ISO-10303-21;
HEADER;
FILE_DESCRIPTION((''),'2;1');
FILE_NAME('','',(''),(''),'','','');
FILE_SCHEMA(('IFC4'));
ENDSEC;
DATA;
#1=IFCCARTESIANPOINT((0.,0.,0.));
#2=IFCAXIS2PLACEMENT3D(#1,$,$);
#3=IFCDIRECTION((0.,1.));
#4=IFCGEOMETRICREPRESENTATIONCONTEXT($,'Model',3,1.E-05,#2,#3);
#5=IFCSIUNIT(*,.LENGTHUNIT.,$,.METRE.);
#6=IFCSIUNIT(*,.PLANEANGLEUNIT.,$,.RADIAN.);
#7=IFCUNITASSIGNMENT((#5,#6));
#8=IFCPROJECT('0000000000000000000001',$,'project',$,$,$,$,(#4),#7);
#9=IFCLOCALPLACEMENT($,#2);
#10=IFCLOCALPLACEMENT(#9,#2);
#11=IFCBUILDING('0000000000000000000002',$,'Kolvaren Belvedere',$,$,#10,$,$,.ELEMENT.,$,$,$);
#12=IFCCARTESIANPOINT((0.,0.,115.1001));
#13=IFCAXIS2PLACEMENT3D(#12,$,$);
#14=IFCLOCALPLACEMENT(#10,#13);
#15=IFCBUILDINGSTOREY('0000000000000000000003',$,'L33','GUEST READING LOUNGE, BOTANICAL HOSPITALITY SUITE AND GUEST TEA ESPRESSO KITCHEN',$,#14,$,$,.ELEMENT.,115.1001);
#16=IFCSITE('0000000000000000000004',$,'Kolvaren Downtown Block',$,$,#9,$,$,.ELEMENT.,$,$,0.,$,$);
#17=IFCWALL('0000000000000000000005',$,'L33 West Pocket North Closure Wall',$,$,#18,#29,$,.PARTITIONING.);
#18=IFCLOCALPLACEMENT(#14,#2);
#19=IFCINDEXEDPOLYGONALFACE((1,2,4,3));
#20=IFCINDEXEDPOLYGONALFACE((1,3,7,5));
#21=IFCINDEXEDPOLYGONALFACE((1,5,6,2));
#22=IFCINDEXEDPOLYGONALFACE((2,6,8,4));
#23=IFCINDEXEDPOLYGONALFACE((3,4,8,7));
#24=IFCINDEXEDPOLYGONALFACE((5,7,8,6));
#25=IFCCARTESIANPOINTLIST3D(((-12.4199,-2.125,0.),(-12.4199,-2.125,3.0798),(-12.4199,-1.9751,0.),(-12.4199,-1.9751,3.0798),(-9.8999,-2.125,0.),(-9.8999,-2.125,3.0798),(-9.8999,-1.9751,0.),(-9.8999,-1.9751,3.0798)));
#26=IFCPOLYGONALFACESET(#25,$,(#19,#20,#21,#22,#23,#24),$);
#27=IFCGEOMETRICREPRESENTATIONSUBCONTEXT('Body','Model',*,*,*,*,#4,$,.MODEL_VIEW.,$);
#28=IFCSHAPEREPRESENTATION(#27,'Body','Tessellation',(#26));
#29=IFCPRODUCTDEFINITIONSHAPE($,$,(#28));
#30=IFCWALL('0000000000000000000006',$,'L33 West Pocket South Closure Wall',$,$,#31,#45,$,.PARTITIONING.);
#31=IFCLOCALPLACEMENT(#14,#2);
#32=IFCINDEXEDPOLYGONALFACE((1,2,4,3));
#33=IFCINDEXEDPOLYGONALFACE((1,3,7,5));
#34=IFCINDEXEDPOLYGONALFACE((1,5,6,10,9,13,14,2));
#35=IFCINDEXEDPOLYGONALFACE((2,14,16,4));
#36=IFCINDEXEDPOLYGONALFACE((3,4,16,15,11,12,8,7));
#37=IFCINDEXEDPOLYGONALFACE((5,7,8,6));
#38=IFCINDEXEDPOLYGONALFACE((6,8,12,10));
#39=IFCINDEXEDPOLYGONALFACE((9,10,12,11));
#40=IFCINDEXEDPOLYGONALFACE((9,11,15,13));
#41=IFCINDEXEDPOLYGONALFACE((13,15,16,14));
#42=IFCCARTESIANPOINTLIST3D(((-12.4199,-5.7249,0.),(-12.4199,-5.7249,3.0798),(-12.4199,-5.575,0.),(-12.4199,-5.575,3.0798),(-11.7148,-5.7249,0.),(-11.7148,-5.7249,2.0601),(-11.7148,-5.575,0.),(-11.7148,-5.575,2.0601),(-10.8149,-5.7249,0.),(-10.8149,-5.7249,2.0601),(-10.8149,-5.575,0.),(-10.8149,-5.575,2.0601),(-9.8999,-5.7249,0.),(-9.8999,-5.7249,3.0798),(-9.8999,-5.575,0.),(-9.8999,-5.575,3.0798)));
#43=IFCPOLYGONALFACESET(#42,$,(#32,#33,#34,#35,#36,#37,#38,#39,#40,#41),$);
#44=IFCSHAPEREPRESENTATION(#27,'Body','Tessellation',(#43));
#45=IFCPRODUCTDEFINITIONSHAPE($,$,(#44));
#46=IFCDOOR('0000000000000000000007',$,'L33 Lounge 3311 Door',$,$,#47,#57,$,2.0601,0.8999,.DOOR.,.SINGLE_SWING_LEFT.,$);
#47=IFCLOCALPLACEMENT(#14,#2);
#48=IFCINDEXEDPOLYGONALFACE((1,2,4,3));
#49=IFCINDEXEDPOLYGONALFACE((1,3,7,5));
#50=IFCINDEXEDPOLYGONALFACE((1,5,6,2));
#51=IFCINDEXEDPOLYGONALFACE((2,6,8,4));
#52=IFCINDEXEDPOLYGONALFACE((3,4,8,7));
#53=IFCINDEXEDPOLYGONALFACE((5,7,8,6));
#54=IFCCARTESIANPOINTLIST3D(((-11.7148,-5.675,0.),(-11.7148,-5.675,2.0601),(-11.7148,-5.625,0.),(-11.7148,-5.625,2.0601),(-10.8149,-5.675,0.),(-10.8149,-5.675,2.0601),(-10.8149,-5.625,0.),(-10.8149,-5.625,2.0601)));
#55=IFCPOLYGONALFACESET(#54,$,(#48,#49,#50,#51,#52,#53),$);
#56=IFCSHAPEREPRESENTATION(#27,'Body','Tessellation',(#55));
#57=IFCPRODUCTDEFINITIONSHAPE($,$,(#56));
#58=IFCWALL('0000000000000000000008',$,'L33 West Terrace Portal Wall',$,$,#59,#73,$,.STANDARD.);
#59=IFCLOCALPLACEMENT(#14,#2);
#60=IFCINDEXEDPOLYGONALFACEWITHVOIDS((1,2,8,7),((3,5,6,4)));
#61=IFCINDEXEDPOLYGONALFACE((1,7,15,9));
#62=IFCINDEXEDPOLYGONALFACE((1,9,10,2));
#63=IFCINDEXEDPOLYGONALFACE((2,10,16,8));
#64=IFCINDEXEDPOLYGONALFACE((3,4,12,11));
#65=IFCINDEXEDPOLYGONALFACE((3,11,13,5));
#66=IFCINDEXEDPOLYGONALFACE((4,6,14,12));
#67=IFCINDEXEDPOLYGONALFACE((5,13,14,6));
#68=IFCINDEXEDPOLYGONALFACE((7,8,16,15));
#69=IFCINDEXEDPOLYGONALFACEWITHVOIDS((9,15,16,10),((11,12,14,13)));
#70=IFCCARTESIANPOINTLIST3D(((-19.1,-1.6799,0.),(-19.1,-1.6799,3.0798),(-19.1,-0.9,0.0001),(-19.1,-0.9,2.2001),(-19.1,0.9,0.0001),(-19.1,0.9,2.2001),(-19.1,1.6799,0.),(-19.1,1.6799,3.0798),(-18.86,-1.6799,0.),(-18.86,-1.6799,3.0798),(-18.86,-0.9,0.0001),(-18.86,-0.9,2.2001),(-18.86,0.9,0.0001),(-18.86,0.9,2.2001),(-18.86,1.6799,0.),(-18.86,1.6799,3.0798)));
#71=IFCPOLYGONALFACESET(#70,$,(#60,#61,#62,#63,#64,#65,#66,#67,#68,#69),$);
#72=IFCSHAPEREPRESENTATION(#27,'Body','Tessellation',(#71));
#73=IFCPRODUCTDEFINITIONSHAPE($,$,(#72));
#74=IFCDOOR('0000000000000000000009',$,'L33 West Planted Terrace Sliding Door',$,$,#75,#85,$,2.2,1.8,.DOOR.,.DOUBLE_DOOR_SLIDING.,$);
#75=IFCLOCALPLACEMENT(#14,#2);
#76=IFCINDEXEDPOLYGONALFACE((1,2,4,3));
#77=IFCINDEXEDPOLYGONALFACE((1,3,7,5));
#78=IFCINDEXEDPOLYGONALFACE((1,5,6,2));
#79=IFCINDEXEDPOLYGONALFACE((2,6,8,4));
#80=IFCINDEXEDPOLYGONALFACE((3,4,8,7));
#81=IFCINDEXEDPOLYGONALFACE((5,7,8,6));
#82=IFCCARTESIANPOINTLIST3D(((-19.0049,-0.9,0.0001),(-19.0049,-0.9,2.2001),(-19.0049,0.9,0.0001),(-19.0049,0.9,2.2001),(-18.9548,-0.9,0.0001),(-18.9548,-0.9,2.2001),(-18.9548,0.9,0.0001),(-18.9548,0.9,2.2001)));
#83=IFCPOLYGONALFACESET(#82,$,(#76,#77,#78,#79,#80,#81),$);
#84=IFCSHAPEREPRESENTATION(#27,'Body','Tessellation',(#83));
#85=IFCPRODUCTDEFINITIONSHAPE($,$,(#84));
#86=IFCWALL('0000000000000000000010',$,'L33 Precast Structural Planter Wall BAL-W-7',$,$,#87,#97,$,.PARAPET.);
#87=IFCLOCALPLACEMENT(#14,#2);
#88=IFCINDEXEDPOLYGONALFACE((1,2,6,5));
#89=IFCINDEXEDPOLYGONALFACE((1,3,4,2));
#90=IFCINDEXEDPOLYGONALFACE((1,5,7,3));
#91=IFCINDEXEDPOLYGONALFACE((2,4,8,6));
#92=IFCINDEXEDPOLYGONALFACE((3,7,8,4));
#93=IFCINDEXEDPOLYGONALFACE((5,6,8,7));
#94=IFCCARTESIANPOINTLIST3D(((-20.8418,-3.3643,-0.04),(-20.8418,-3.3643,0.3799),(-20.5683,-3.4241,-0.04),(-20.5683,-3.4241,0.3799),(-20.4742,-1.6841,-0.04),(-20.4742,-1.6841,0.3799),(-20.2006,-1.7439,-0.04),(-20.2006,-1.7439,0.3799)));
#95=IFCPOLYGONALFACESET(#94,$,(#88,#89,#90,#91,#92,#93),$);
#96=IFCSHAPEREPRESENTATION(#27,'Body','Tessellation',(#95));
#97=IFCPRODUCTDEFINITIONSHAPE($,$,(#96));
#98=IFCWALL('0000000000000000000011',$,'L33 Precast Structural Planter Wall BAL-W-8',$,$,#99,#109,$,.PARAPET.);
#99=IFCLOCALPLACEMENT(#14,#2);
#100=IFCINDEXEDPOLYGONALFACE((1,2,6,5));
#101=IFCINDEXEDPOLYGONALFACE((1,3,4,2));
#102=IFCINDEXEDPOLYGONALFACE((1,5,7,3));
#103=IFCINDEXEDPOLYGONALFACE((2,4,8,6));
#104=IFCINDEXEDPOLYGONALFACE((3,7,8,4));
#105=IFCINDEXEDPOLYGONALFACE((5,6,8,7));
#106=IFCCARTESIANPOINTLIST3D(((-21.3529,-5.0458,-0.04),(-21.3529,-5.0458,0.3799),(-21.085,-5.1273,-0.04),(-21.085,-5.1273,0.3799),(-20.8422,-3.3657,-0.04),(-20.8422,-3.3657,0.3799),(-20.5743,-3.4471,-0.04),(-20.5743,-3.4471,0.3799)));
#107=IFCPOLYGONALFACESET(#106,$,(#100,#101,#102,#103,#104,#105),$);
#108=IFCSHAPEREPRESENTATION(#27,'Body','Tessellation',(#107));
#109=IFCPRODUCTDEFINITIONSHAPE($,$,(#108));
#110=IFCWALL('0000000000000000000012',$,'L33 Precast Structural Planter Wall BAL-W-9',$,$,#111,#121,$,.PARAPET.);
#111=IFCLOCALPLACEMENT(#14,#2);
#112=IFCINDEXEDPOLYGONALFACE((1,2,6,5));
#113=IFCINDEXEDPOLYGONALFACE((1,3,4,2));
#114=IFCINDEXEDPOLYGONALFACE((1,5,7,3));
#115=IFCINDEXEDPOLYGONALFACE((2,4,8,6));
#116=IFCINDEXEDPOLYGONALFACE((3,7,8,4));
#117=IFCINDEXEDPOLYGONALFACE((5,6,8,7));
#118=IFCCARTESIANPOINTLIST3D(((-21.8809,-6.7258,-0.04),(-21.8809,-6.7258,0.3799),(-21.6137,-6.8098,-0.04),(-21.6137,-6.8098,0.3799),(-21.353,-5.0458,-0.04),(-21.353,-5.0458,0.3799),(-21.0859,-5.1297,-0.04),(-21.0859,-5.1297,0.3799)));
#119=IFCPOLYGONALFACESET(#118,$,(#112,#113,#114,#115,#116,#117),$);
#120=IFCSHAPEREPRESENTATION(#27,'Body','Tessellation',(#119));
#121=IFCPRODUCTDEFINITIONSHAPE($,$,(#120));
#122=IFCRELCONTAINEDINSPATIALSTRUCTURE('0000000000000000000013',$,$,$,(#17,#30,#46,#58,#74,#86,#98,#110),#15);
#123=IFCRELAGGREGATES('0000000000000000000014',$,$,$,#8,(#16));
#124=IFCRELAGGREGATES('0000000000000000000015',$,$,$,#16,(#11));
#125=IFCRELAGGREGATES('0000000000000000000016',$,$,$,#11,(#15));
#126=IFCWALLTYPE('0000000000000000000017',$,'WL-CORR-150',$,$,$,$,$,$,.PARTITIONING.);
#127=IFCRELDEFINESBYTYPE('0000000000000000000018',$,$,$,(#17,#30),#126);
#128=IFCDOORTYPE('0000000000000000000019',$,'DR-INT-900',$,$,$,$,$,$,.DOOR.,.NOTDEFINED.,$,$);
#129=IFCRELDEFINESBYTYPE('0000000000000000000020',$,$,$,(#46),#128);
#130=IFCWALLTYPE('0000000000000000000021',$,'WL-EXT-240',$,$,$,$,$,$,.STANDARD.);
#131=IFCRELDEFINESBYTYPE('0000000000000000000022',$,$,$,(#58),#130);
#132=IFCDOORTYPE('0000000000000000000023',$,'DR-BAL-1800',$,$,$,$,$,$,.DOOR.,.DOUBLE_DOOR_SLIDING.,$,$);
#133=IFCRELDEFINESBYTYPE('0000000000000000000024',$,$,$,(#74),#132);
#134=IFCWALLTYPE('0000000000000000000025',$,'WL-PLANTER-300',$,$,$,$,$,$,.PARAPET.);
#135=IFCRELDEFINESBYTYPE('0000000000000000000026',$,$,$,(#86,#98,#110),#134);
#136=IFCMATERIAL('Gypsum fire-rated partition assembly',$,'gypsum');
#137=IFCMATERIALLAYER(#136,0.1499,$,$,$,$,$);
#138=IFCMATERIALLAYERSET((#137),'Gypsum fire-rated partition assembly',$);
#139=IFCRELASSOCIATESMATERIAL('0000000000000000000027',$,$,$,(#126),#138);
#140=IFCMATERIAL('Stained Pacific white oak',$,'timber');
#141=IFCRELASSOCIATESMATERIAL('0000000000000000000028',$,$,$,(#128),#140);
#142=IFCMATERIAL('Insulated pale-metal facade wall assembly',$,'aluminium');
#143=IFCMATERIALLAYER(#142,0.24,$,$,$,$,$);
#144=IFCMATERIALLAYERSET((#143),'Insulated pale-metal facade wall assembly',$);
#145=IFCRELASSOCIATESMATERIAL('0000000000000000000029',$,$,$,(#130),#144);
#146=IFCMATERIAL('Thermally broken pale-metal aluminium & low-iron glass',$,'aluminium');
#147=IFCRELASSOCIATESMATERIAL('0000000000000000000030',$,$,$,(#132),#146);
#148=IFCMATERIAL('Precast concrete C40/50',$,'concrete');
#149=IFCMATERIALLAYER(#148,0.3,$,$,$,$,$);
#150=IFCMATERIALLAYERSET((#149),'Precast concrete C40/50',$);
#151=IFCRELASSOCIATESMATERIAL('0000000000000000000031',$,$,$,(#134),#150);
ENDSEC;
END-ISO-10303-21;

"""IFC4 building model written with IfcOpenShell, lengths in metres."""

from ifc_helpers import new_model, si_unit, direction, frame, frame_2d, origin, place, context, subcontext, project, spatial, rectangle, extrude, material, layer, layer_set, type_object, element, fill, save


model = new_model("IFC4")

# Units and contexts
model_context = context("Model", 3, precision=1e-05, world=origin(), true_north=direction((0.0, 1.0)))
body_context = subcontext(model_context, "Body", "Model", "MODEL_VIEW")
ifc_project = project(units=[si_unit("LENGTHUNIT", "METRE"), si_unit("PLANEANGLEUNIT", "RADIAN")], contexts=[model_context])

# Site, building, storey
site_placement = place(None, origin())
site = spatial("IfcSite", under=ifc_project, at=site_placement, Name="Kolvaren Downtown Block", CompositionType="ELEMENT", RefElevation=0.0)
building_placement = place(site_placement, origin())
building = spatial("IfcBuilding", under=site, at=building_placement, Name="Kolvaren Belvedere", CompositionType="ELEMENT")
storey_placement = place(building_placement, frame((0.0, 0.0, 115.1001)))
storey = spatial("IfcBuildingStorey", under=building, at=storey_placement, Name="L33", Description="GUEST READING LOUNGE, BOTANICAL HOSPITALITY SUITE AND GUEST TEA ESPRESSO KITCHEN", CompositionType="ELEMENT", Elevation=115.1001)

# Shared definitions
ifc_material_1 = material(Name="Gypsum fire-rated partition assembly", Category="gypsum")
ifc_layer_1 = layer(ifc_material_1, 0.1499)
ifc_layer_set_1 = layer_set([ifc_layer_1], Name="Gypsum fire-rated partition assembly")
wall_type_1 = type_object("IfcWallType", Name="WL-CORR-150", PredefinedType="PARTITIONING", material=ifc_layer_set_1)
ifc_material_2 = material(Name="Stained Pacific white oak", Category="timber")
door_type_1 = type_object("IfcDoorType", Name="DR-INT-900", OperationType="NOTDEFINED", PredefinedType="DOOR", material=ifc_material_2)

# Wall
wall_1_placement = place(storey_placement, frame((-12.4199, -2.05, 0.0), z_axis=(0.0, 0.0, 1.0), x_axis=(1.0, 0.0, 0.0)))
element("IfcWall", 1, at=wall_1_placement, inside=storey, type_object=wall_type_1, Name="L33 West Pocket North Closure Wall", PredefinedType="PARTITIONING", context=body_context, shape_type="SweptSolid", body=[
    extrude(rectangle(XDim=2.52, YDim=0.1499, at=frame_2d((1.26, 0.0))), origin(), (0.0, 0.0, 1.0), 3.0798),
])

# Walls, openings, doors
wall_2_placement = place(storey_placement, frame((-12.4199, -5.6499, 0.0), z_axis=(0.0, 0.0, 1.0), x_axis=(1.0, 0.0, 0.0)))
wall_2 = element("IfcWall", 2, at=wall_2_placement, inside=storey, type_object=wall_type_1, Name="L33 West Pocket South Closure Wall", PredefinedType="PARTITIONING", context=body_context, shape_type="SweptSolid", body=[
    extrude(rectangle(XDim=2.52, YDim=0.1499, at=frame_2d((1.26, 0.0))), origin(), (0.0, 0.0, 1.0), 3.0798),
])
opening_1_placement = place(wall_2_placement, frame((0.7051, 0.0, 0.0)))
opening_1 = element("IfcOpeningElement", 3, at=opening_1_placement, cuts=wall_2, PredefinedType="OPENING", context=body_context, shape_type="SweptSolid", body=[
    extrude(rectangle(XDim=0.8999, YDim=2.0601, at=frame_2d((0.45, 1.03))), frame((0.0, 0.085, 0.0), z_axis=(0.0, -1.0, 0.0), x_axis=(1.0, 0.0, 0.0)), (0.0, 0.0, 1.0), 0.1699),
])
door_1_placement = place(opening_1_placement, origin())
door_1 = element("IfcDoor", 4, at=door_1_placement, inside=storey, type_object=door_type_1, Name="L33 Lounge 3311 Door", OperationType="SINGLE_SWING_LEFT", OverallHeight=2.0601, OverallWidth=0.8999, PredefinedType="DOOR", context=body_context, shape_type="SweptSolid", body=[
    extrude(rectangle(XDim=0.8999, YDim=2.0601, at=frame_2d((0.45, 1.03))), frame((0.0, 0.0249, 0.0), z_axis=(0.0, -1.0, 0.0), x_axis=(1.0, 0.0, 0.0)), (0.0, 0.0, 1.0), 0.05),
])
fill(opening_1, door_1)
ifc_material_3 = material(Name="Insulated pale-metal facade wall assembly", Category="aluminium")
ifc_layer_2 = layer(ifc_material_3, 0.24)
ifc_layer_set_2 = layer_set([ifc_layer_2], Name="Insulated pale-metal facade wall assembly")
wall_type_2 = type_object("IfcWallType", Name="WL-EXT-240", PredefinedType="STANDARD", material=ifc_layer_set_2)
wall_3_placement = place(storey_placement, frame((-18.98, -1.6799, 0.0), z_axis=(0.0, 0.0, 1.0), x_axis=(0.0, 1.0, 0.0)))
wall_3 = element("IfcWall", 5, at=wall_3_placement, inside=storey, type_object=wall_type_2, Name="L33 West Terrace Portal Wall", PredefinedType="STANDARD", context=body_context, shape_type="SweptSolid", body=[
    extrude(rectangle(XDim=3.3599, YDim=0.24, at=frame_2d((1.6799, 0.0))), origin(), (0.0, 0.0, 1.0), 3.0798),
])
opening_2_placement = place(wall_3_placement, frame((0.78, 0.0, 0.0)))
opening_2 = element("IfcOpeningElement", 6, at=opening_2_placement, cuts=wall_3, PredefinedType="OPENING", context=body_context, shape_type="SweptSolid", body=[
    extrude(rectangle(XDim=1.8, YDim=2.2, at=frame_2d((0.8999, 1.1001))), frame((0.0, 0.1299, 0.0), z_axis=(0.0, -1.0, 0.0), x_axis=(1.0, 0.0, 0.0)), (0.0, 0.0, 1.0), 0.26),
])
ifc_material_4 = material(Name="Thermally broken pale-metal aluminium & low-iron glass", Category="aluminium")
door_type_2 = type_object("IfcDoorType", Name="DR-BAL-1800", OperationType="DOUBLE_DOOR_SLIDING", PredefinedType="DOOR", material=ifc_material_4)
door_2_placement = place(opening_2_placement, origin())
door_2 = element("IfcDoor", 7, at=door_2_placement, inside=storey, type_object=door_type_2, Name="L33 West Planted Terrace Sliding Door", OperationType="DOUBLE_DOOR_SLIDING", OverallHeight=2.2, OverallWidth=1.8, PredefinedType="DOOR", context=body_context, shape_type="SweptSolid", body=[
    extrude(rectangle(XDim=1.8, YDim=2.2, at=frame_2d((0.8999, 1.1001))), frame((0.0, 0.0249, 0.0), z_axis=(0.0, -1.0, 0.0), x_axis=(1.0, 0.0, 0.0)), (0.0, 0.0, 1.0), 0.05),
])
fill(opening_2, door_2)

# Walls
ifc_material_5 = material(Name="Precast concrete C40/50", Category="concrete")
ifc_layer_3 = layer(ifc_material_5, 0.3)
ifc_layer_set_3 = layer_set([ifc_layer_3], Name="Precast concrete C40/50")
wall_type_3 = type_object("IfcWallType", Name="WL-PLANTER-300", PredefinedType="PARAPET", material=ifc_layer_set_3)
wall_4_placement = place(storey_placement, frame((-20.3374, -1.7141, -0.04), z_axis=(0.0, 0.0, 1.0), x_axis=(-0.213773, -0.976883, 0.0)))
element("IfcWall", 8, at=wall_4_placement, inside=storey, type_object=wall_type_3, Name="L33 Precast Structural Planter Wall BAL-W-7", PredefinedType="PARAPET", context=body_context, shape_type="SweptSolid", body=[
    extrude(rectangle(XDim=1.72, YDim=0.28, at=frame_2d((0.8599, 0.0))), origin(), (0.0, 0.0, 1.0), 0.4199),
])
wall_5_placement = place(storey_placement, frame((-20.7083, -3.4065, -0.04), z_axis=(0.0, 0.0, 1.0), x_axis=(-0.290841, -0.956771, 0.0)))
element("IfcWall", 9, at=wall_5_placement, inside=storey, type_object=wall_type_3, Name="L33 Precast Structural Planter Wall BAL-W-8", PredefinedType="PARAPET", context=body_context, shape_type="SweptSolid", body=[
    extrude(rectangle(XDim=1.7561, YDim=0.28, at=frame_2d((0.8779, 0.0))), origin(), (0.0, 0.0, 1.0), 0.4199),
])
wall_6_placement = place(storey_placement, frame((-21.2195, -5.0879, -0.04), z_axis=(0.0, 0.0, 1.0), x_axis=(-0.299751, -0.954018, 0.0)))
element("IfcWall", 10, at=wall_6_placement, inside=storey, type_object=wall_type_3, Name="L33 Precast Structural Planter Wall BAL-W-9", PredefinedType="PARAPET", context=body_context, shape_type="SweptSolid", body=[
    extrude(rectangle(XDim=1.761, YDim=0.28, at=frame_2d((0.8804, 0.0))), origin(), (0.0, 0.0, 1.0), 0.4199),
])

save(model, "model.ifc")
